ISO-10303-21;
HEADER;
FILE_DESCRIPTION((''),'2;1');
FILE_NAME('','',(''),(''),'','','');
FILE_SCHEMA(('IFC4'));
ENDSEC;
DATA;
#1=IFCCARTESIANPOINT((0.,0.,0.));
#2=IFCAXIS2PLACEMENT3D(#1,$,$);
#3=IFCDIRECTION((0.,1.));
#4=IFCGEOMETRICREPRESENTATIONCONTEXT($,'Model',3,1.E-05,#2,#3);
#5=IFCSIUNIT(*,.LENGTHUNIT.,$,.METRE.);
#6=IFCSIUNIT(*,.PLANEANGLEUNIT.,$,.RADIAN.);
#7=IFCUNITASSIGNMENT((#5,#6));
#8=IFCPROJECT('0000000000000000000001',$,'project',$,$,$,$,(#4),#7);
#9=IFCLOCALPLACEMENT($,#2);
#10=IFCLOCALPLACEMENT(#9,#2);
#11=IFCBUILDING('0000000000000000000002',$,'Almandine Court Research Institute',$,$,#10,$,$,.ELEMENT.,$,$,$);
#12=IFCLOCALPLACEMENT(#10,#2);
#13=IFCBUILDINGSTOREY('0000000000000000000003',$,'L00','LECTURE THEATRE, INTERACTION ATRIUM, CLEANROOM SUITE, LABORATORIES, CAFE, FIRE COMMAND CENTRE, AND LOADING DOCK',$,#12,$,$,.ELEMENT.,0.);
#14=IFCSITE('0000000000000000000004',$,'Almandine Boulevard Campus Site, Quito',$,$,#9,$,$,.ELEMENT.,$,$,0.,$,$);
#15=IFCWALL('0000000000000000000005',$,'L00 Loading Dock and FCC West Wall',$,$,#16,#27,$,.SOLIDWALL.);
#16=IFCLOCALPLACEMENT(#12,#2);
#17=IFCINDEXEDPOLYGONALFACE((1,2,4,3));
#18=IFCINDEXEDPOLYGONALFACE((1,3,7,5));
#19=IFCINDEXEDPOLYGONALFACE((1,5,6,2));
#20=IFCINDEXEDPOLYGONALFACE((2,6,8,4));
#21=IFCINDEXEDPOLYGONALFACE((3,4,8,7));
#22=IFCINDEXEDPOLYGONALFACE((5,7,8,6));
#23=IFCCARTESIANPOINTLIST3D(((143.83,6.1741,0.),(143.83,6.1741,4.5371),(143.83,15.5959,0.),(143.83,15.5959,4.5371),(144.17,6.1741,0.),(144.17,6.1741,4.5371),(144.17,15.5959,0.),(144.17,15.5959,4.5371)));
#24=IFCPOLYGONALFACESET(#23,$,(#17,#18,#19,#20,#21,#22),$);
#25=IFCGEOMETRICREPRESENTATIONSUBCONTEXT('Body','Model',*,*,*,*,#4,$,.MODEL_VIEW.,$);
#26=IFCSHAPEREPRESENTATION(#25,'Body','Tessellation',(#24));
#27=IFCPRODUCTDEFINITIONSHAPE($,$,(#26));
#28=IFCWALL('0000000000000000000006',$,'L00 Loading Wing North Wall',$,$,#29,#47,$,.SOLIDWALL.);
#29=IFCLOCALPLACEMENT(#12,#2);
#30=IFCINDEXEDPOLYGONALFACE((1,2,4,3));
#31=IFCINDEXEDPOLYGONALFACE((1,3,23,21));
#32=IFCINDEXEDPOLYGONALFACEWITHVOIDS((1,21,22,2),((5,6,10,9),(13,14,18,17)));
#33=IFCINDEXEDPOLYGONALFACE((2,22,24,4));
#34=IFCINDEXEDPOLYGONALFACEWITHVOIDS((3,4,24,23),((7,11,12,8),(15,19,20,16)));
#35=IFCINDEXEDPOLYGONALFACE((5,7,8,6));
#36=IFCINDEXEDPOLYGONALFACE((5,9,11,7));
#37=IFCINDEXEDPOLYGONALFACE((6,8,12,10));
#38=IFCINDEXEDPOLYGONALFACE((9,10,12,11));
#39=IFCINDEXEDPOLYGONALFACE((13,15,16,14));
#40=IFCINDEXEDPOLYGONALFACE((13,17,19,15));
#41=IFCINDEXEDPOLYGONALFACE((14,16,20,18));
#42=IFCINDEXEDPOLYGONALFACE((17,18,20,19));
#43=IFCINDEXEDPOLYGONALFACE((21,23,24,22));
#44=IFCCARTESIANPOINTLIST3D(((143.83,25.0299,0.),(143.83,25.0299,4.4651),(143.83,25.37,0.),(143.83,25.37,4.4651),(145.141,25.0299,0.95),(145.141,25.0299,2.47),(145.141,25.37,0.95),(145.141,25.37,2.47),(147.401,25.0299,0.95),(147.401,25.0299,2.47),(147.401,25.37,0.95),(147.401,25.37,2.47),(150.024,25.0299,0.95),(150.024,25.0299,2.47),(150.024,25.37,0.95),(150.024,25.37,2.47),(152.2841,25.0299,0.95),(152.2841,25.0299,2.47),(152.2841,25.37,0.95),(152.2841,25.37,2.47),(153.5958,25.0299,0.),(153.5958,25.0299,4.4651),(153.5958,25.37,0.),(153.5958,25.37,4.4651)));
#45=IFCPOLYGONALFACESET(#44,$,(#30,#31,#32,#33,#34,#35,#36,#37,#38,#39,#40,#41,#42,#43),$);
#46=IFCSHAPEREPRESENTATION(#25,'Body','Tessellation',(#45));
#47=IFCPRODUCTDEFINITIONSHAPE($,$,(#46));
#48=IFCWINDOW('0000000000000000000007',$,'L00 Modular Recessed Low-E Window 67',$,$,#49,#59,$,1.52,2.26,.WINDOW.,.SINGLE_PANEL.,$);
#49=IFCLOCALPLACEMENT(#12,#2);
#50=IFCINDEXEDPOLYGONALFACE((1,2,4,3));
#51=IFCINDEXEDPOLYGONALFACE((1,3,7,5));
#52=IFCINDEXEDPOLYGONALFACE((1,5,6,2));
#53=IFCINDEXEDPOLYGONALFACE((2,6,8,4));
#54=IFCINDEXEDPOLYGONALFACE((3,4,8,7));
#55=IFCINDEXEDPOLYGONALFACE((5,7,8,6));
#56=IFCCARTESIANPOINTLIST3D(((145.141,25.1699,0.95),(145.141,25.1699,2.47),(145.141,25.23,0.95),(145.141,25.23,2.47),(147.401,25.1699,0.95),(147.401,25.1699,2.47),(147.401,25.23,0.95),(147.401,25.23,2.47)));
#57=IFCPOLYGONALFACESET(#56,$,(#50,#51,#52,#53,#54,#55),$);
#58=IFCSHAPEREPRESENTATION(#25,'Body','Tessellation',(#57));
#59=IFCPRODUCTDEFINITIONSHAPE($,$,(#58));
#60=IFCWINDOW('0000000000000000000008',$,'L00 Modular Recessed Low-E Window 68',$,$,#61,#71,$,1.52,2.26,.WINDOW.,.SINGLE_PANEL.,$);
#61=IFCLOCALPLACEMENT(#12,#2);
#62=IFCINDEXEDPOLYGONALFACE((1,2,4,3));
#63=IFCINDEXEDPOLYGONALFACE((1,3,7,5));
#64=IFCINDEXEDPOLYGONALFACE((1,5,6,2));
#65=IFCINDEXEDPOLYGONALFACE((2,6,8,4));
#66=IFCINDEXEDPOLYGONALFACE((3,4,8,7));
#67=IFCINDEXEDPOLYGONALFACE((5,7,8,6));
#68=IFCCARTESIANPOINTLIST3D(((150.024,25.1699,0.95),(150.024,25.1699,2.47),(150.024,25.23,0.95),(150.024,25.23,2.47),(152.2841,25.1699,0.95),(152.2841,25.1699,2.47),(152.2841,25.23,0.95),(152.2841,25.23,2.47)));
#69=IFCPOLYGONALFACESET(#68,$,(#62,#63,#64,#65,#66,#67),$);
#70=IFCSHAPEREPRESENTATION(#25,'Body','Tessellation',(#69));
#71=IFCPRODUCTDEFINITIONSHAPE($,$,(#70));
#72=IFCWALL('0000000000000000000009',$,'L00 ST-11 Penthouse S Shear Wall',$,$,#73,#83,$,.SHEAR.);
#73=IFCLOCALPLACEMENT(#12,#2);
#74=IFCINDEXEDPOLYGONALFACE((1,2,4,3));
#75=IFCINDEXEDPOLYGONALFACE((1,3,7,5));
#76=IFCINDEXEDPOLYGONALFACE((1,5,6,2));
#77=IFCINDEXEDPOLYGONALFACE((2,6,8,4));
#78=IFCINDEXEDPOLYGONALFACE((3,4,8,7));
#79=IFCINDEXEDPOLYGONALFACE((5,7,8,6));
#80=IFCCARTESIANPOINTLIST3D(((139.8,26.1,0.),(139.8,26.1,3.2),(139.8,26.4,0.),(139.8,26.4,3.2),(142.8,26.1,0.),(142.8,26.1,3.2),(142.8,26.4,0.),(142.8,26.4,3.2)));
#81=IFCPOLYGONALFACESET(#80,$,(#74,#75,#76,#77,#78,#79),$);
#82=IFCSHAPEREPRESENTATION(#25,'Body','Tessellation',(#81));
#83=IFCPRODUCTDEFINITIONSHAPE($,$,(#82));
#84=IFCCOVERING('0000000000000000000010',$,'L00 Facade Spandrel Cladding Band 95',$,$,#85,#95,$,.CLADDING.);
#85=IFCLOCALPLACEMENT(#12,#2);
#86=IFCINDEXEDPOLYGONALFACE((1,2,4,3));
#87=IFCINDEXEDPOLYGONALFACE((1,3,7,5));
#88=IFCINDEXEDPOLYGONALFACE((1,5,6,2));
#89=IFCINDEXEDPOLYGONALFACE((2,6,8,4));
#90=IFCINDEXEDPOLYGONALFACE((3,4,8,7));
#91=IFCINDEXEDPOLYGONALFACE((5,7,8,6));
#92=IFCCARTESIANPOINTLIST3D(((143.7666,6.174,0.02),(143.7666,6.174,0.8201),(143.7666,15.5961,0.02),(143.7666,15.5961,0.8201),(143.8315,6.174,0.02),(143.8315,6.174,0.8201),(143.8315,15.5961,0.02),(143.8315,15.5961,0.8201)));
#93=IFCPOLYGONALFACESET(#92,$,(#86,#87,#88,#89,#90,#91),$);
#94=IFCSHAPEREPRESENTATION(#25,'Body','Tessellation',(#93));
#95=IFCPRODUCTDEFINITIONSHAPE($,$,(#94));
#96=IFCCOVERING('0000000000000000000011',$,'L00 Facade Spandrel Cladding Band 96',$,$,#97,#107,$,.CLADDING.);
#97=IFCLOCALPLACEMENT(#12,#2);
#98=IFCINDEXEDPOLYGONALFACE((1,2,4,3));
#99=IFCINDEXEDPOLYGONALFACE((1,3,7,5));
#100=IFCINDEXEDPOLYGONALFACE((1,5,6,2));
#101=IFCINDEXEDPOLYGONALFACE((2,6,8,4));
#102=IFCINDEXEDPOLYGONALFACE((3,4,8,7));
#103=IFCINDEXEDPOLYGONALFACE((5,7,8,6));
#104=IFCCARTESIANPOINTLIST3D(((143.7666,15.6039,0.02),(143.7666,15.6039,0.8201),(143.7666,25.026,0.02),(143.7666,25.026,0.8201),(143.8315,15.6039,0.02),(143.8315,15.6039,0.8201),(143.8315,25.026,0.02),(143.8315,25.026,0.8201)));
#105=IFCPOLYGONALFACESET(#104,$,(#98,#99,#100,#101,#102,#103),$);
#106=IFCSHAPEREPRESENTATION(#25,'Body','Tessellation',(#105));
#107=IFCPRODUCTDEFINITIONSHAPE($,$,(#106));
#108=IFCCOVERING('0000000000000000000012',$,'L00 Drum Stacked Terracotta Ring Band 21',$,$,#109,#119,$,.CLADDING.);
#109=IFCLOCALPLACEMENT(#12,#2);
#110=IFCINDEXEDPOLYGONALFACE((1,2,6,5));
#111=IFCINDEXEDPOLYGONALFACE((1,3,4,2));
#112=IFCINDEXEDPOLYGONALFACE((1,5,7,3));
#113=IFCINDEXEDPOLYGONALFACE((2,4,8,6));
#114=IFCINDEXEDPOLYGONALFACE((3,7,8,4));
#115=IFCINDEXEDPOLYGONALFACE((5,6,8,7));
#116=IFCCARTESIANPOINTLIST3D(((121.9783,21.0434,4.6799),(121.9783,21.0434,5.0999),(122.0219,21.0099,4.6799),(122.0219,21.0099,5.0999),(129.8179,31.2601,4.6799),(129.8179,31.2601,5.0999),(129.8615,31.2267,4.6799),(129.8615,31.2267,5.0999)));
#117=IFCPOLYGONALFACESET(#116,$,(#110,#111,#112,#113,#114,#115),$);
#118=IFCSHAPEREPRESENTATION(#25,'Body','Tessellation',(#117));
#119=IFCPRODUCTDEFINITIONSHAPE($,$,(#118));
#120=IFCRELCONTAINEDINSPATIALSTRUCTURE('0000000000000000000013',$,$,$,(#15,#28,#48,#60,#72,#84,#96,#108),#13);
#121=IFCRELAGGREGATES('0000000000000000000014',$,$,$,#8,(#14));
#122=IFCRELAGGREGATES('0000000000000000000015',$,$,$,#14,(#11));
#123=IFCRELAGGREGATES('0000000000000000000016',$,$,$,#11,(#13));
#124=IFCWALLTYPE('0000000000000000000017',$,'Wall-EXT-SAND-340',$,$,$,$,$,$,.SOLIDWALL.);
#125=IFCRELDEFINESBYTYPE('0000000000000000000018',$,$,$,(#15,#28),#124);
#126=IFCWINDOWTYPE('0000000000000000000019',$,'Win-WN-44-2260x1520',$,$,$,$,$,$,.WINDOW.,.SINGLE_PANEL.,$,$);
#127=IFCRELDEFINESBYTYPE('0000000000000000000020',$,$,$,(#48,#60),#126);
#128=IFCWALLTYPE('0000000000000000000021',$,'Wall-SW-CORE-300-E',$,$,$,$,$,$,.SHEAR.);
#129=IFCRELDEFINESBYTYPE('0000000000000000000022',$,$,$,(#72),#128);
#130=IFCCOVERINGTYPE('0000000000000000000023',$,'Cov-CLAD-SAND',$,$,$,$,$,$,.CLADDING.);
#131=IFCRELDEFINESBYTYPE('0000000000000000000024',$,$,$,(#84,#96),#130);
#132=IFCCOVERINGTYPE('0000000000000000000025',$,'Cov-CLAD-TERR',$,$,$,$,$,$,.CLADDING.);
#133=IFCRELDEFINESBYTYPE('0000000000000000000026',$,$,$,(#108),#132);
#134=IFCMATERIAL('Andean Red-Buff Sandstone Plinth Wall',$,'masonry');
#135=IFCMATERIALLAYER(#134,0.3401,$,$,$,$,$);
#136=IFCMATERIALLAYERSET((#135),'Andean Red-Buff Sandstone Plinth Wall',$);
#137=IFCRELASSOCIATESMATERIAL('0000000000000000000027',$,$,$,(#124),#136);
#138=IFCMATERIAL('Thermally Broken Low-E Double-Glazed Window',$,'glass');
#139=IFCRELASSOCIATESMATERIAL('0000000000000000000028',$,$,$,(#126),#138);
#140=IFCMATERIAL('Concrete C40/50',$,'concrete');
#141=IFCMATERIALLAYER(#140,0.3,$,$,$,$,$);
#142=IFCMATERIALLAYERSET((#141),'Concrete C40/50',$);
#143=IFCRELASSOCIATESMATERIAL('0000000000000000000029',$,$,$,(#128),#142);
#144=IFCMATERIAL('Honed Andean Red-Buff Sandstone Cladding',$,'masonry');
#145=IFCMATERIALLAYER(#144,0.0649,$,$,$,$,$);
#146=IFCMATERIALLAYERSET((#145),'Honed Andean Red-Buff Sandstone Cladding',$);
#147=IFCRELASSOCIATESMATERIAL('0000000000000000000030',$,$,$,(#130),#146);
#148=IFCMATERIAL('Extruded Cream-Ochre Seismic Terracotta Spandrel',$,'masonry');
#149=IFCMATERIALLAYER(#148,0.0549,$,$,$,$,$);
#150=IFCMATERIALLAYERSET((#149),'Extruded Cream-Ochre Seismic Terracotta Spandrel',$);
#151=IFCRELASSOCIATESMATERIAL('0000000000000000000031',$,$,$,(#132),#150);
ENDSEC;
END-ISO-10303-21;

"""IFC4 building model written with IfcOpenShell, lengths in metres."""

from ifc_helpers import new_model, si_unit, direction, frame, frame_2d, origin, origin_2d, place, context, subcontext, project, spatial, rectangle, extrude, material, layer, layer_set, type_object, element, fill, save


model = new_model("IFC4")

# Units and contexts
model_context = context("Model", 3, precision=1e-05, world=origin(), true_north=direction((0.0, 1.0)))
body_context = subcontext(model_context, "Body", "Model", "MODEL_VIEW")
ifc_project = project(units=[si_unit("LENGTHUNIT", "METRE"), si_unit("PLANEANGLEUNIT", "RADIAN")], contexts=[model_context])

# Site, building, storey
site_placement = place(None, origin())
site = spatial("IfcSite", under=ifc_project, at=site_placement, Name="Almandine Boulevard Campus Site, Quito", CompositionType="ELEMENT", RefElevation=0.0)
building_placement = place(site_placement, origin())
building = spatial("IfcBuilding", under=site, at=building_placement, Name="Almandine Court Research Institute", CompositionType="ELEMENT")
storey_placement = place(building_placement, origin())
storey = spatial("IfcBuildingStorey", under=building, at=storey_placement, Name="L00", Description="LECTURE THEATRE, INTERACTION ATRIUM, CLEANROOM SUITE, LABORATORIES, CAFE, FIRE COMMAND CENTRE, AND LOADING DOCK", CompositionType="ELEMENT", Elevation=0.0)

# Wall
ifc_material_1 = material(Name="Andean Red-Buff Sandstone Plinth Wall", Category="masonry")
ifc_layer_1 = layer(ifc_material_1, 0.3401)
ifc_layer_set_1 = layer_set([ifc_layer_1], Name="Andean Red-Buff Sandstone Plinth Wall")
wall_type_1 = type_object("IfcWallType", Name="Wall-EXT-SAND-340", PredefinedType="SOLIDWALL", material=ifc_layer_set_1)
wall_1_placement = place(storey_placement, frame((144.0, 6.1741, 0.0), z_axis=(0.0, 0.0, 1.0), x_axis=(0.0, 1.0, 0.0)))
element("IfcWall", 1, at=wall_1_placement, inside=storey, type_object=wall_type_1, Name="L00 Loading Dock and FCC West Wall", PredefinedType="SOLIDWALL", context=body_context, shape_type="SweptSolid", body=[
    extrude(rectangle(XDim=9.4219, YDim=0.3401, at=frame_2d((4.7109, 0.0))), origin(), (0.0, 0.0, 1.0), 4.5371),
])

# Wall, openings, windows
wall_2_placement = place(storey_placement, frame((143.8301, 25.2, 0.0), z_axis=(0.0, 0.0, 1.0), x_axis=(1.0, 0.0, 0.0)))
wall_2 = element("IfcWall", 2, at=wall_2_placement, inside=storey, type_object=wall_type_1, Name="L00 Loading Wing North Wall", PredefinedType="SOLIDWALL", context=body_context, shape_type="SweptSolid", body=[
    extrude(rectangle(XDim=9.7659, YDim=0.3401, at=frame_2d((4.8828, 0.0))), origin(), (0.0, 0.0, 1.0), 4.4651),
])
opening_1_placement = place(wall_2_placement, frame((1.311, 0.0, 0.95)))
opening_1 = element("IfcOpeningElement", 3, at=opening_1_placement, cuts=wall_2, PredefinedType="OPENING", context=body_context, shape_type="SweptSolid", body=[
    extrude(rectangle(XDim=2.26, YDim=1.52, at=frame_2d((1.1299, 0.76))), frame((0.0, 0.1799, 0.0), z_axis=(0.0, -1.0, 0.0), x_axis=(1.0, 0.0, 0.0)), (0.0, 0.0, 1.0), 0.3601),
])
opening_2_placement = place(wall_2_placement, frame((6.1941, 0.0, 0.95)))
opening_2 = element("IfcOpeningElement", 4, at=opening_2_placement, cuts=wall_2, PredefinedType="OPENING", context=body_context, shape_type="SweptSolid", body=[
    extrude(rectangle(XDim=2.26, YDim=1.52, at=frame_2d((1.1299, 0.76))), frame((0.0, 0.1799, 0.0), z_axis=(0.0, -1.0, 0.0), x_axis=(1.0, 0.0, 0.0)), (0.0, 0.0, 1.0), 0.3601),
])
ifc_material_2 = material(Name="Thermally Broken Low-E Double-Glazed Window", Category="glass")
window_type = type_object("IfcWindowType", Name="Win-WN-44-2260x1520", PartitioningType="SINGLE_PANEL", PredefinedType="WINDOW", material=ifc_material_2)
window_1_placement = place(opening_1_placement, origin())
window_1 = element("IfcWindow", 5, at=window_1_placement, inside=storey, type_object=window_type, Name="L00 Modular Recessed Low-E Window 67", OverallHeight=1.52, OverallWidth=2.26, PartitioningType="SINGLE_PANEL", PredefinedType="WINDOW", context=body_context, shape_type="SweptSolid", body=[
    extrude(rectangle(XDim=2.26, YDim=1.52, at=frame_2d((1.1299, 0.76))), frame((0.0, 0.03, 0.0), z_axis=(0.0, -1.0, 0.0), x_axis=(1.0, 0.0, 0.0)), (0.0, 0.0, 1.0), 0.0601),
])
fill(opening_1, window_1)
window_2_placement = place(opening_2_placement, origin())
window_2 = element("IfcWindow", 6, at=window_2_placement, inside=storey, type_object=window_type, Name="L00 Modular Recessed Low-E Window 68", OverallHeight=1.52, OverallWidth=2.26, PartitioningType="SINGLE_PANEL", PredefinedType="WINDOW", context=body_context, shape_type="SweptSolid", body=[
    extrude(rectangle(XDim=2.26, YDim=1.52, at=frame_2d((1.1299, 0.76))), frame((0.0, 0.03, 0.0), z_axis=(0.0, -1.0, 0.0), x_axis=(1.0, 0.0, 0.0)), (0.0, 0.0, 1.0), 0.0601),
])
fill(opening_2, window_2)

# Shared definitions
ifc_material_3 = material(Name="Concrete C40/50", Category="concrete")
ifc_layer_2 = layer(ifc_material_3, 0.3)
ifc_layer_set_2 = layer_set([ifc_layer_2], Name="Concrete C40/50")
wall_type_2 = type_object("IfcWallType", Name="Wall-SW-CORE-300-E", PredefinedType="SHEAR", material=ifc_layer_set_2)

# Wall
wall_3_placement = place(storey_placement, frame((142.8, 26.25, 0.0), z_axis=(0.0, 0.0, 1.0), x_axis=(-1.0, 0.0, 0.0)))
element("IfcWall", 7, at=wall_3_placement, inside=storey, type_object=wall_type_2, Name="L00 ST-11 Penthouse S Shear Wall", PredefinedType="SHEAR", context=body_context, shape_type="SweptSolid", body=[
    extrude(rectangle(XDim=3.0, YDim=0.3, at=frame_2d((1.5, 0.0))), origin(), (0.0, 0.0, 1.0), 3.2),
])

# Coverings
ifc_material_4 = material(Name="Honed Andean Red-Buff Sandstone Cladding", Category="masonry")
ifc_layer_3 = layer(ifc_material_4, 0.0649)
ifc_layer_set_3 = layer_set([ifc_layer_3], Name="Honed Andean Red-Buff Sandstone Cladding")
covering_type_1 = type_object("IfcCoveringType", Name="Cov-CLAD-SAND", PredefinedType="CLADDING", material=ifc_layer_set_3)
for number, where, z_axis, x_axis, name in (
    (8, (143.7991, 10.885, 0.02), (0.0, 0.0, 1.0), (0.0, 1.0, 0.0), "L00 Facade Spandrel Cladding Band 95"),
    (9, (143.7991, 20.3149, 0.02), (0.0, 0.0, 1.0), (0.0, 1.0, 0.0), "L00 Facade Spandrel Cladding Band 96"),
):
    element("IfcCovering", number, at=place(storey_placement, frame(where, z_axis=z_axis, x_axis=x_axis)), inside=storey, type_object=covering_type_1, Name=name, PredefinedType="CLADDING", context=body_context, shape_type="SweptSolid", body=[
        extrude(rectangle(XDim=9.4221, YDim=0.0649, at=origin_2d()), origin(), (0.0, 0.0, 1.0), 0.8),
    ])
ifc_material_5 = material(Name="Extruded Cream-Ochre Seismic Terracotta Spandrel", Category="masonry")
ifc_layer_4 = layer(ifc_material_5, 0.0549)
ifc_layer_set_4 = layer_set([ifc_layer_4], Name="Extruded Cream-Ochre Seismic Terracotta Spandrel")
covering_type_2 = type_object("IfcCoveringType", Name="Cov-CLAD-TERR", PredefinedType="CLADDING", material=ifc_layer_set_4)
covering_placement = place(storey_placement, frame((125.9199, 26.135, 4.6799), z_axis=(0.0, 0.0, 1.0), x_axis=(-0.608761, -0.793353, 0.0)))
element("IfcCovering", 10, at=covering_placement, inside=storey, type_object=covering_type_2, Name="L00 Drum Stacked Terracotta Ring Band 21", PredefinedType="CLADDING", context=body_context, shape_type="SweptSolid", body=[
    extrude(rectangle(XDim=12.8779, YDim=0.0549, at=origin_2d()), origin(), (0.0, 0.0, 1.0), 0.4199),
])

save(model, "model.ifc")
